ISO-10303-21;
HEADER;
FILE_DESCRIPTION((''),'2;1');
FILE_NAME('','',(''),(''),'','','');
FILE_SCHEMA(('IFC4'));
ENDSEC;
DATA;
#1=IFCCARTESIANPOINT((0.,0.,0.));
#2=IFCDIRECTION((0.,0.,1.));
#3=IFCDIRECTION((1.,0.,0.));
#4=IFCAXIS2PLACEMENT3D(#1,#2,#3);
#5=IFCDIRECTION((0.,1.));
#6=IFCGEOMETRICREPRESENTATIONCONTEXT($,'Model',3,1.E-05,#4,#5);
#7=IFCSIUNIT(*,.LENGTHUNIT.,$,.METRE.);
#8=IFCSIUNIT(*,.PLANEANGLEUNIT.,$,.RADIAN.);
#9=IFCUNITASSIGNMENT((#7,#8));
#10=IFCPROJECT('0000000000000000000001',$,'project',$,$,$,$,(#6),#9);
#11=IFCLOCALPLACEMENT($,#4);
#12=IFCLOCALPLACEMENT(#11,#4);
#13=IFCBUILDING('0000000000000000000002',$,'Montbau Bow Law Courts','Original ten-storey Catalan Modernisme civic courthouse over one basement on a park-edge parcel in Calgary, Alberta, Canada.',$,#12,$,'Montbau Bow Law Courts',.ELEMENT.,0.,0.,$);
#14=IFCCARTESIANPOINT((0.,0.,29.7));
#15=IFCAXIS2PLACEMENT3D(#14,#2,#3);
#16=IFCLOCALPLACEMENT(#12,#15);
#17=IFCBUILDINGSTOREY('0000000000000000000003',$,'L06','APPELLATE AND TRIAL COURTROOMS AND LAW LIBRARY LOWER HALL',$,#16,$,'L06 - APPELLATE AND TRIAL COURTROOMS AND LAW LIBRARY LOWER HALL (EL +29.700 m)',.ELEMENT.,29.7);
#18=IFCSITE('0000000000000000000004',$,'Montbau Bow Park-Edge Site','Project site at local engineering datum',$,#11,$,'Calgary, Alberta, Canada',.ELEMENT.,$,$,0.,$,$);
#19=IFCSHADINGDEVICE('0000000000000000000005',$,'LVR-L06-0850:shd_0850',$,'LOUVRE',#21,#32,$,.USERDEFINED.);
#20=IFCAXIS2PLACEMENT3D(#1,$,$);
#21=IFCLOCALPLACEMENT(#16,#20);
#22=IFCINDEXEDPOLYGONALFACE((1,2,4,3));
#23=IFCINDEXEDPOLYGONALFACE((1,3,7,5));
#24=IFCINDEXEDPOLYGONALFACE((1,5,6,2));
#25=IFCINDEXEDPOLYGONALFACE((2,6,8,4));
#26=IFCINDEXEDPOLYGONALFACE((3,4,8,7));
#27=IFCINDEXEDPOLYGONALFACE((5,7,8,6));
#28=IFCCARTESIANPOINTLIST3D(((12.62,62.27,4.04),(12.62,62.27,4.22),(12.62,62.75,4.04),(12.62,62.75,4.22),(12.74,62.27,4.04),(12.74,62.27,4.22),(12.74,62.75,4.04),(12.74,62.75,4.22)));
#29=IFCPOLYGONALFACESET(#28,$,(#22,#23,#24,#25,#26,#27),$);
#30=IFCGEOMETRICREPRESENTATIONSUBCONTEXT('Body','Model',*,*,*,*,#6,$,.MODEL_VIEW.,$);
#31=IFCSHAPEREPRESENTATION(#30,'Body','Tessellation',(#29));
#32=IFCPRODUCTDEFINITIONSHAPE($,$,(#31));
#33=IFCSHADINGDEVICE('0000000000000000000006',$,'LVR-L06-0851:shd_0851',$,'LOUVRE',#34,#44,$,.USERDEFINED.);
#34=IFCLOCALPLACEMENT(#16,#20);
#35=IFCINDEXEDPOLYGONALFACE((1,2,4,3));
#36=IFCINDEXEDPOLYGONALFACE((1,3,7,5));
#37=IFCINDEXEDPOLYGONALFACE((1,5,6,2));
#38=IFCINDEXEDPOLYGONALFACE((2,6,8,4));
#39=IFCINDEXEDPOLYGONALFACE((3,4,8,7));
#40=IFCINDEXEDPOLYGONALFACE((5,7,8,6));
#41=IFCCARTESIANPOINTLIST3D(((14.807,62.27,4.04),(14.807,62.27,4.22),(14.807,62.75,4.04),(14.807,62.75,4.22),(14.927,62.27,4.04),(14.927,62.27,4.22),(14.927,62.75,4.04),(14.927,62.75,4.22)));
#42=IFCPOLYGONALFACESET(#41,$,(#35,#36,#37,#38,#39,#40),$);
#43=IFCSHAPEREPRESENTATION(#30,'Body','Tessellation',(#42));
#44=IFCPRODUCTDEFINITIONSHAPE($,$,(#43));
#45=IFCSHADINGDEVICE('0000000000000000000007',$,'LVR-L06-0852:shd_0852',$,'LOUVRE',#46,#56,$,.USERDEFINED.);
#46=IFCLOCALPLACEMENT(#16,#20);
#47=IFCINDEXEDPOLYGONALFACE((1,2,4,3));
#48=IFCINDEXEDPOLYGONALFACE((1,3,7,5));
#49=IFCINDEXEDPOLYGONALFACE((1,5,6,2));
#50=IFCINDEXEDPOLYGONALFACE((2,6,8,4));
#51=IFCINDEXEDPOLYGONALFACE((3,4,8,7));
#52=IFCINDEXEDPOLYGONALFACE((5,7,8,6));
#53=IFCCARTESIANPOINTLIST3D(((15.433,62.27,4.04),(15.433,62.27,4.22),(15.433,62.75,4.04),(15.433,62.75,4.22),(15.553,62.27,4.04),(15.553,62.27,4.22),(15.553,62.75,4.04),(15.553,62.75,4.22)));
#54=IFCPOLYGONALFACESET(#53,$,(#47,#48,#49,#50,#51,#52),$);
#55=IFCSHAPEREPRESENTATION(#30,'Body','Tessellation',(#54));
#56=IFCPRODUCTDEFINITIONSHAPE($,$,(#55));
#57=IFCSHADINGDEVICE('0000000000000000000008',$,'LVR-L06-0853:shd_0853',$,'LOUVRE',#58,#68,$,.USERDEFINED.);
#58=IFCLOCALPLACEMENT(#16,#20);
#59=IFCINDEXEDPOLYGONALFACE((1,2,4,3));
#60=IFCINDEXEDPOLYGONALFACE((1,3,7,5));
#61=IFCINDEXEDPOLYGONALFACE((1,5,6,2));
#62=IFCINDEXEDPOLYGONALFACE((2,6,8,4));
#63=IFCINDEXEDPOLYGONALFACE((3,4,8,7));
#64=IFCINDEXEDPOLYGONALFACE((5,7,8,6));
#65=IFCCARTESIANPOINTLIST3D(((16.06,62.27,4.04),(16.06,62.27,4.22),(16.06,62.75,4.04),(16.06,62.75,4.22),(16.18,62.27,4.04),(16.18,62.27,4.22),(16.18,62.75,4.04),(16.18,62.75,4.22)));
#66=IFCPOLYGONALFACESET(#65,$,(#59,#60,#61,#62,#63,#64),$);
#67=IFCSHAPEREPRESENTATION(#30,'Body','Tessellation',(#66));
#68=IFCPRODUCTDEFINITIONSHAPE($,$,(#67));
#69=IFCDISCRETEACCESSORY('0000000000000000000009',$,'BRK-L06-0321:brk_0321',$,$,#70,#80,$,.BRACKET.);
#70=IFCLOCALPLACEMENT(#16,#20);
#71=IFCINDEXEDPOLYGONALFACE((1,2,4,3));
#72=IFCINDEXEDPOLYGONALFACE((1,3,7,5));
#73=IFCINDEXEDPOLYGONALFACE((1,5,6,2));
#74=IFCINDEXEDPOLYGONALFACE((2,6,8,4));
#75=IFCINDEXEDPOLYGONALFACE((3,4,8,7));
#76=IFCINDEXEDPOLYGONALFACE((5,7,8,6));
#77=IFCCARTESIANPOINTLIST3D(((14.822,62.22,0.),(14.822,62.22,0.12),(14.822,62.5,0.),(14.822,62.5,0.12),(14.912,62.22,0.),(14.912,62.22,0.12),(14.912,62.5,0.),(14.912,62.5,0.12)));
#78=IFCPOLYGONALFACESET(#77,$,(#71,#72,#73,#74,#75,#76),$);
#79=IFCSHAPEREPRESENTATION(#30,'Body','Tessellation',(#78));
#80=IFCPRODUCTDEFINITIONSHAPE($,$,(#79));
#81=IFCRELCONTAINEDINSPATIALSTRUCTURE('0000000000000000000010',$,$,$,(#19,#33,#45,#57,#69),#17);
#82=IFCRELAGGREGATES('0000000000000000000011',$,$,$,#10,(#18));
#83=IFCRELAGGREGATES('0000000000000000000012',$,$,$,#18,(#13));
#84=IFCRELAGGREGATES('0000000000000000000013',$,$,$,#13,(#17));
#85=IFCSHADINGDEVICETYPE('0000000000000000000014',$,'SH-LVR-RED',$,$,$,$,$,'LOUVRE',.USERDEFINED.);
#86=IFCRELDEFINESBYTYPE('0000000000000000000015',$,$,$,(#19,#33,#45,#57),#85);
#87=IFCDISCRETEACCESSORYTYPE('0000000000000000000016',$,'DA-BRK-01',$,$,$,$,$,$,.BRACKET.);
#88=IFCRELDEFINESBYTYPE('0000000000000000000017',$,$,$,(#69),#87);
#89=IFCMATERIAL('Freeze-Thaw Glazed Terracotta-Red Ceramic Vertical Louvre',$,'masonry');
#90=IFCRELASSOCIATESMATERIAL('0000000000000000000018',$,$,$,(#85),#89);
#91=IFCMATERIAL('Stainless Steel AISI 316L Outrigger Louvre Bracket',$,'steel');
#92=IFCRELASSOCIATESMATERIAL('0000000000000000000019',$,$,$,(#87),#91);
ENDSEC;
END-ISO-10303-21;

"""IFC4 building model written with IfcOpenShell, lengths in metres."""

from ifc_helpers import new_model, si_unit, direction, frame, origin_with_axes, origin_2d_with_axis, place, context, subcontext, project, spatial, rectangle, extrude, material, type_object, element, save


model = new_model("IFC4")

# Units and contexts
model_context = context("Model", 3, precision=1e-05, world=origin_with_axes(), true_north=direction((0.0, 1.0)))
body_context = subcontext(model_context, "Body", "Model", "MODEL_VIEW")
ifc_project = project(units=[si_unit("LENGTHUNIT", "METRE"), si_unit("PLANEANGLEUNIT", "RADIAN")], contexts=[model_context])

# Site, building, storey
site_placement = place(None, origin_with_axes())
site = spatial("IfcSite", under=ifc_project, at=site_placement, Name="Montbau Bow Park-Edge Site", Description="Project site at local engineering datum", LongName="Calgary, Alberta, Canada", CompositionType="ELEMENT", RefElevation=0.0)
building_placement = place(site_placement, origin_with_axes())
building = spatial("IfcBuilding", under=site, at=building_placement, Name="Montbau Bow Law Courts", Description="Original ten-storey Catalan Modernisme civic courthouse over one basement on a park-edge parcel in Calgary, Alberta, Canada.", LongName="Montbau Bow Law Courts", CompositionType="ELEMENT", ElevationOfRefHeight=0.0, ElevationOfTerrain=0.0)
storey_placement = place(building_placement, frame((0.0, 0.0, 29.7), z_axis=(0.0, 0.0, 1.0), x_axis=(1.0, 0.0, 0.0)))
storey = spatial("IfcBuildingStorey", under=building, at=storey_placement, Name="L06", Description="APPELLATE AND TRIAL COURTROOMS AND LAW LIBRARY LOWER HALL", LongName="L06 - APPELLATE AND TRIAL COURTROOMS AND LAW LIBRARY LOWER HALL (EL +29.700 m)", CompositionType="ELEMENT", Elevation=29.7)

# Shared definitions
ifc_material_1 = material(Name="Freeze-Thaw Glazed Terracotta-Red Ceramic Vertical Louvre", Category="masonry")

# Shading devices
shading_device_type = type_object("IfcShadingDeviceType", Name="SH-LVR-RED", ElementType="LOUVRE", PredefinedType="USERDEFINED", material=ifc_material_1)
for number, where, z_axis, x_axis, name in (
    (1, (12.68, 62.51, 33.74), (0.0, 0.0, 1.0), (0.0, 1.0, 0.0), "LVR-L06-0850:shd_0850"),
    (2, (14.867, 62.51, 33.74), (0.0, 0.0, 1.0), (0.0, 1.0, 0.0), "LVR-L06-0851:shd_0851"),
    (3, (15.493, 62.51, 33.74), (0.0, 0.0, 1.0), (0.0, 1.0, 0.0), "LVR-L06-0852:shd_0852"),
    (4, (16.12, 62.51, 33.74), (0.0, 0.0, 1.0), (0.0, 1.0, 0.0), "LVR-L06-0853:shd_0853"),
):
    element("IfcShadingDevice", number, at=place(None, frame(where, z_axis=z_axis, x_axis=x_axis)), inside=storey, type_object=shading_device_type, Name=name, ObjectType="LOUVRE", PredefinedType="USERDEFINED", context=body_context, shape_type="SweptSolid", body=[
        extrude(rectangle(XDim=0.48, YDim=0.12, at=origin_2d_with_axis()), origin_with_axes(), (0.0, 0.0, 1.0), 0.18),
    ])

# Discrete accessory
ifc_material_2 = material(Name="Stainless Steel AISI 316L Outrigger Louvre Bracket", Category="steel")
discrete_accessory_type = type_object("IfcDiscreteAccessoryType", Name="DA-BRK-01", PredefinedType="BRACKET", material=ifc_material_2)
discrete_accessory_placement = place(None, frame((14.867, 62.36, 29.7), z_axis=(0.0, 0.0, 1.0), x_axis=(0.0, 1.0, 0.0)))
element("IfcDiscreteAccessory", 5, at=discrete_accessory_placement, inside=storey, type_object=discrete_accessory_type, Name="BRK-L06-0321:brk_0321", PredefinedType="BRACKET", context=body_context, shape_type="SweptSolid", body=[
    extrude(rectangle(XDim=0.28, YDim=0.09, at=origin_2d_with_axis()), origin_with_axes(), (0.0, 0.0, 1.0), 0.12),
])

save(model, "model.ifc")
